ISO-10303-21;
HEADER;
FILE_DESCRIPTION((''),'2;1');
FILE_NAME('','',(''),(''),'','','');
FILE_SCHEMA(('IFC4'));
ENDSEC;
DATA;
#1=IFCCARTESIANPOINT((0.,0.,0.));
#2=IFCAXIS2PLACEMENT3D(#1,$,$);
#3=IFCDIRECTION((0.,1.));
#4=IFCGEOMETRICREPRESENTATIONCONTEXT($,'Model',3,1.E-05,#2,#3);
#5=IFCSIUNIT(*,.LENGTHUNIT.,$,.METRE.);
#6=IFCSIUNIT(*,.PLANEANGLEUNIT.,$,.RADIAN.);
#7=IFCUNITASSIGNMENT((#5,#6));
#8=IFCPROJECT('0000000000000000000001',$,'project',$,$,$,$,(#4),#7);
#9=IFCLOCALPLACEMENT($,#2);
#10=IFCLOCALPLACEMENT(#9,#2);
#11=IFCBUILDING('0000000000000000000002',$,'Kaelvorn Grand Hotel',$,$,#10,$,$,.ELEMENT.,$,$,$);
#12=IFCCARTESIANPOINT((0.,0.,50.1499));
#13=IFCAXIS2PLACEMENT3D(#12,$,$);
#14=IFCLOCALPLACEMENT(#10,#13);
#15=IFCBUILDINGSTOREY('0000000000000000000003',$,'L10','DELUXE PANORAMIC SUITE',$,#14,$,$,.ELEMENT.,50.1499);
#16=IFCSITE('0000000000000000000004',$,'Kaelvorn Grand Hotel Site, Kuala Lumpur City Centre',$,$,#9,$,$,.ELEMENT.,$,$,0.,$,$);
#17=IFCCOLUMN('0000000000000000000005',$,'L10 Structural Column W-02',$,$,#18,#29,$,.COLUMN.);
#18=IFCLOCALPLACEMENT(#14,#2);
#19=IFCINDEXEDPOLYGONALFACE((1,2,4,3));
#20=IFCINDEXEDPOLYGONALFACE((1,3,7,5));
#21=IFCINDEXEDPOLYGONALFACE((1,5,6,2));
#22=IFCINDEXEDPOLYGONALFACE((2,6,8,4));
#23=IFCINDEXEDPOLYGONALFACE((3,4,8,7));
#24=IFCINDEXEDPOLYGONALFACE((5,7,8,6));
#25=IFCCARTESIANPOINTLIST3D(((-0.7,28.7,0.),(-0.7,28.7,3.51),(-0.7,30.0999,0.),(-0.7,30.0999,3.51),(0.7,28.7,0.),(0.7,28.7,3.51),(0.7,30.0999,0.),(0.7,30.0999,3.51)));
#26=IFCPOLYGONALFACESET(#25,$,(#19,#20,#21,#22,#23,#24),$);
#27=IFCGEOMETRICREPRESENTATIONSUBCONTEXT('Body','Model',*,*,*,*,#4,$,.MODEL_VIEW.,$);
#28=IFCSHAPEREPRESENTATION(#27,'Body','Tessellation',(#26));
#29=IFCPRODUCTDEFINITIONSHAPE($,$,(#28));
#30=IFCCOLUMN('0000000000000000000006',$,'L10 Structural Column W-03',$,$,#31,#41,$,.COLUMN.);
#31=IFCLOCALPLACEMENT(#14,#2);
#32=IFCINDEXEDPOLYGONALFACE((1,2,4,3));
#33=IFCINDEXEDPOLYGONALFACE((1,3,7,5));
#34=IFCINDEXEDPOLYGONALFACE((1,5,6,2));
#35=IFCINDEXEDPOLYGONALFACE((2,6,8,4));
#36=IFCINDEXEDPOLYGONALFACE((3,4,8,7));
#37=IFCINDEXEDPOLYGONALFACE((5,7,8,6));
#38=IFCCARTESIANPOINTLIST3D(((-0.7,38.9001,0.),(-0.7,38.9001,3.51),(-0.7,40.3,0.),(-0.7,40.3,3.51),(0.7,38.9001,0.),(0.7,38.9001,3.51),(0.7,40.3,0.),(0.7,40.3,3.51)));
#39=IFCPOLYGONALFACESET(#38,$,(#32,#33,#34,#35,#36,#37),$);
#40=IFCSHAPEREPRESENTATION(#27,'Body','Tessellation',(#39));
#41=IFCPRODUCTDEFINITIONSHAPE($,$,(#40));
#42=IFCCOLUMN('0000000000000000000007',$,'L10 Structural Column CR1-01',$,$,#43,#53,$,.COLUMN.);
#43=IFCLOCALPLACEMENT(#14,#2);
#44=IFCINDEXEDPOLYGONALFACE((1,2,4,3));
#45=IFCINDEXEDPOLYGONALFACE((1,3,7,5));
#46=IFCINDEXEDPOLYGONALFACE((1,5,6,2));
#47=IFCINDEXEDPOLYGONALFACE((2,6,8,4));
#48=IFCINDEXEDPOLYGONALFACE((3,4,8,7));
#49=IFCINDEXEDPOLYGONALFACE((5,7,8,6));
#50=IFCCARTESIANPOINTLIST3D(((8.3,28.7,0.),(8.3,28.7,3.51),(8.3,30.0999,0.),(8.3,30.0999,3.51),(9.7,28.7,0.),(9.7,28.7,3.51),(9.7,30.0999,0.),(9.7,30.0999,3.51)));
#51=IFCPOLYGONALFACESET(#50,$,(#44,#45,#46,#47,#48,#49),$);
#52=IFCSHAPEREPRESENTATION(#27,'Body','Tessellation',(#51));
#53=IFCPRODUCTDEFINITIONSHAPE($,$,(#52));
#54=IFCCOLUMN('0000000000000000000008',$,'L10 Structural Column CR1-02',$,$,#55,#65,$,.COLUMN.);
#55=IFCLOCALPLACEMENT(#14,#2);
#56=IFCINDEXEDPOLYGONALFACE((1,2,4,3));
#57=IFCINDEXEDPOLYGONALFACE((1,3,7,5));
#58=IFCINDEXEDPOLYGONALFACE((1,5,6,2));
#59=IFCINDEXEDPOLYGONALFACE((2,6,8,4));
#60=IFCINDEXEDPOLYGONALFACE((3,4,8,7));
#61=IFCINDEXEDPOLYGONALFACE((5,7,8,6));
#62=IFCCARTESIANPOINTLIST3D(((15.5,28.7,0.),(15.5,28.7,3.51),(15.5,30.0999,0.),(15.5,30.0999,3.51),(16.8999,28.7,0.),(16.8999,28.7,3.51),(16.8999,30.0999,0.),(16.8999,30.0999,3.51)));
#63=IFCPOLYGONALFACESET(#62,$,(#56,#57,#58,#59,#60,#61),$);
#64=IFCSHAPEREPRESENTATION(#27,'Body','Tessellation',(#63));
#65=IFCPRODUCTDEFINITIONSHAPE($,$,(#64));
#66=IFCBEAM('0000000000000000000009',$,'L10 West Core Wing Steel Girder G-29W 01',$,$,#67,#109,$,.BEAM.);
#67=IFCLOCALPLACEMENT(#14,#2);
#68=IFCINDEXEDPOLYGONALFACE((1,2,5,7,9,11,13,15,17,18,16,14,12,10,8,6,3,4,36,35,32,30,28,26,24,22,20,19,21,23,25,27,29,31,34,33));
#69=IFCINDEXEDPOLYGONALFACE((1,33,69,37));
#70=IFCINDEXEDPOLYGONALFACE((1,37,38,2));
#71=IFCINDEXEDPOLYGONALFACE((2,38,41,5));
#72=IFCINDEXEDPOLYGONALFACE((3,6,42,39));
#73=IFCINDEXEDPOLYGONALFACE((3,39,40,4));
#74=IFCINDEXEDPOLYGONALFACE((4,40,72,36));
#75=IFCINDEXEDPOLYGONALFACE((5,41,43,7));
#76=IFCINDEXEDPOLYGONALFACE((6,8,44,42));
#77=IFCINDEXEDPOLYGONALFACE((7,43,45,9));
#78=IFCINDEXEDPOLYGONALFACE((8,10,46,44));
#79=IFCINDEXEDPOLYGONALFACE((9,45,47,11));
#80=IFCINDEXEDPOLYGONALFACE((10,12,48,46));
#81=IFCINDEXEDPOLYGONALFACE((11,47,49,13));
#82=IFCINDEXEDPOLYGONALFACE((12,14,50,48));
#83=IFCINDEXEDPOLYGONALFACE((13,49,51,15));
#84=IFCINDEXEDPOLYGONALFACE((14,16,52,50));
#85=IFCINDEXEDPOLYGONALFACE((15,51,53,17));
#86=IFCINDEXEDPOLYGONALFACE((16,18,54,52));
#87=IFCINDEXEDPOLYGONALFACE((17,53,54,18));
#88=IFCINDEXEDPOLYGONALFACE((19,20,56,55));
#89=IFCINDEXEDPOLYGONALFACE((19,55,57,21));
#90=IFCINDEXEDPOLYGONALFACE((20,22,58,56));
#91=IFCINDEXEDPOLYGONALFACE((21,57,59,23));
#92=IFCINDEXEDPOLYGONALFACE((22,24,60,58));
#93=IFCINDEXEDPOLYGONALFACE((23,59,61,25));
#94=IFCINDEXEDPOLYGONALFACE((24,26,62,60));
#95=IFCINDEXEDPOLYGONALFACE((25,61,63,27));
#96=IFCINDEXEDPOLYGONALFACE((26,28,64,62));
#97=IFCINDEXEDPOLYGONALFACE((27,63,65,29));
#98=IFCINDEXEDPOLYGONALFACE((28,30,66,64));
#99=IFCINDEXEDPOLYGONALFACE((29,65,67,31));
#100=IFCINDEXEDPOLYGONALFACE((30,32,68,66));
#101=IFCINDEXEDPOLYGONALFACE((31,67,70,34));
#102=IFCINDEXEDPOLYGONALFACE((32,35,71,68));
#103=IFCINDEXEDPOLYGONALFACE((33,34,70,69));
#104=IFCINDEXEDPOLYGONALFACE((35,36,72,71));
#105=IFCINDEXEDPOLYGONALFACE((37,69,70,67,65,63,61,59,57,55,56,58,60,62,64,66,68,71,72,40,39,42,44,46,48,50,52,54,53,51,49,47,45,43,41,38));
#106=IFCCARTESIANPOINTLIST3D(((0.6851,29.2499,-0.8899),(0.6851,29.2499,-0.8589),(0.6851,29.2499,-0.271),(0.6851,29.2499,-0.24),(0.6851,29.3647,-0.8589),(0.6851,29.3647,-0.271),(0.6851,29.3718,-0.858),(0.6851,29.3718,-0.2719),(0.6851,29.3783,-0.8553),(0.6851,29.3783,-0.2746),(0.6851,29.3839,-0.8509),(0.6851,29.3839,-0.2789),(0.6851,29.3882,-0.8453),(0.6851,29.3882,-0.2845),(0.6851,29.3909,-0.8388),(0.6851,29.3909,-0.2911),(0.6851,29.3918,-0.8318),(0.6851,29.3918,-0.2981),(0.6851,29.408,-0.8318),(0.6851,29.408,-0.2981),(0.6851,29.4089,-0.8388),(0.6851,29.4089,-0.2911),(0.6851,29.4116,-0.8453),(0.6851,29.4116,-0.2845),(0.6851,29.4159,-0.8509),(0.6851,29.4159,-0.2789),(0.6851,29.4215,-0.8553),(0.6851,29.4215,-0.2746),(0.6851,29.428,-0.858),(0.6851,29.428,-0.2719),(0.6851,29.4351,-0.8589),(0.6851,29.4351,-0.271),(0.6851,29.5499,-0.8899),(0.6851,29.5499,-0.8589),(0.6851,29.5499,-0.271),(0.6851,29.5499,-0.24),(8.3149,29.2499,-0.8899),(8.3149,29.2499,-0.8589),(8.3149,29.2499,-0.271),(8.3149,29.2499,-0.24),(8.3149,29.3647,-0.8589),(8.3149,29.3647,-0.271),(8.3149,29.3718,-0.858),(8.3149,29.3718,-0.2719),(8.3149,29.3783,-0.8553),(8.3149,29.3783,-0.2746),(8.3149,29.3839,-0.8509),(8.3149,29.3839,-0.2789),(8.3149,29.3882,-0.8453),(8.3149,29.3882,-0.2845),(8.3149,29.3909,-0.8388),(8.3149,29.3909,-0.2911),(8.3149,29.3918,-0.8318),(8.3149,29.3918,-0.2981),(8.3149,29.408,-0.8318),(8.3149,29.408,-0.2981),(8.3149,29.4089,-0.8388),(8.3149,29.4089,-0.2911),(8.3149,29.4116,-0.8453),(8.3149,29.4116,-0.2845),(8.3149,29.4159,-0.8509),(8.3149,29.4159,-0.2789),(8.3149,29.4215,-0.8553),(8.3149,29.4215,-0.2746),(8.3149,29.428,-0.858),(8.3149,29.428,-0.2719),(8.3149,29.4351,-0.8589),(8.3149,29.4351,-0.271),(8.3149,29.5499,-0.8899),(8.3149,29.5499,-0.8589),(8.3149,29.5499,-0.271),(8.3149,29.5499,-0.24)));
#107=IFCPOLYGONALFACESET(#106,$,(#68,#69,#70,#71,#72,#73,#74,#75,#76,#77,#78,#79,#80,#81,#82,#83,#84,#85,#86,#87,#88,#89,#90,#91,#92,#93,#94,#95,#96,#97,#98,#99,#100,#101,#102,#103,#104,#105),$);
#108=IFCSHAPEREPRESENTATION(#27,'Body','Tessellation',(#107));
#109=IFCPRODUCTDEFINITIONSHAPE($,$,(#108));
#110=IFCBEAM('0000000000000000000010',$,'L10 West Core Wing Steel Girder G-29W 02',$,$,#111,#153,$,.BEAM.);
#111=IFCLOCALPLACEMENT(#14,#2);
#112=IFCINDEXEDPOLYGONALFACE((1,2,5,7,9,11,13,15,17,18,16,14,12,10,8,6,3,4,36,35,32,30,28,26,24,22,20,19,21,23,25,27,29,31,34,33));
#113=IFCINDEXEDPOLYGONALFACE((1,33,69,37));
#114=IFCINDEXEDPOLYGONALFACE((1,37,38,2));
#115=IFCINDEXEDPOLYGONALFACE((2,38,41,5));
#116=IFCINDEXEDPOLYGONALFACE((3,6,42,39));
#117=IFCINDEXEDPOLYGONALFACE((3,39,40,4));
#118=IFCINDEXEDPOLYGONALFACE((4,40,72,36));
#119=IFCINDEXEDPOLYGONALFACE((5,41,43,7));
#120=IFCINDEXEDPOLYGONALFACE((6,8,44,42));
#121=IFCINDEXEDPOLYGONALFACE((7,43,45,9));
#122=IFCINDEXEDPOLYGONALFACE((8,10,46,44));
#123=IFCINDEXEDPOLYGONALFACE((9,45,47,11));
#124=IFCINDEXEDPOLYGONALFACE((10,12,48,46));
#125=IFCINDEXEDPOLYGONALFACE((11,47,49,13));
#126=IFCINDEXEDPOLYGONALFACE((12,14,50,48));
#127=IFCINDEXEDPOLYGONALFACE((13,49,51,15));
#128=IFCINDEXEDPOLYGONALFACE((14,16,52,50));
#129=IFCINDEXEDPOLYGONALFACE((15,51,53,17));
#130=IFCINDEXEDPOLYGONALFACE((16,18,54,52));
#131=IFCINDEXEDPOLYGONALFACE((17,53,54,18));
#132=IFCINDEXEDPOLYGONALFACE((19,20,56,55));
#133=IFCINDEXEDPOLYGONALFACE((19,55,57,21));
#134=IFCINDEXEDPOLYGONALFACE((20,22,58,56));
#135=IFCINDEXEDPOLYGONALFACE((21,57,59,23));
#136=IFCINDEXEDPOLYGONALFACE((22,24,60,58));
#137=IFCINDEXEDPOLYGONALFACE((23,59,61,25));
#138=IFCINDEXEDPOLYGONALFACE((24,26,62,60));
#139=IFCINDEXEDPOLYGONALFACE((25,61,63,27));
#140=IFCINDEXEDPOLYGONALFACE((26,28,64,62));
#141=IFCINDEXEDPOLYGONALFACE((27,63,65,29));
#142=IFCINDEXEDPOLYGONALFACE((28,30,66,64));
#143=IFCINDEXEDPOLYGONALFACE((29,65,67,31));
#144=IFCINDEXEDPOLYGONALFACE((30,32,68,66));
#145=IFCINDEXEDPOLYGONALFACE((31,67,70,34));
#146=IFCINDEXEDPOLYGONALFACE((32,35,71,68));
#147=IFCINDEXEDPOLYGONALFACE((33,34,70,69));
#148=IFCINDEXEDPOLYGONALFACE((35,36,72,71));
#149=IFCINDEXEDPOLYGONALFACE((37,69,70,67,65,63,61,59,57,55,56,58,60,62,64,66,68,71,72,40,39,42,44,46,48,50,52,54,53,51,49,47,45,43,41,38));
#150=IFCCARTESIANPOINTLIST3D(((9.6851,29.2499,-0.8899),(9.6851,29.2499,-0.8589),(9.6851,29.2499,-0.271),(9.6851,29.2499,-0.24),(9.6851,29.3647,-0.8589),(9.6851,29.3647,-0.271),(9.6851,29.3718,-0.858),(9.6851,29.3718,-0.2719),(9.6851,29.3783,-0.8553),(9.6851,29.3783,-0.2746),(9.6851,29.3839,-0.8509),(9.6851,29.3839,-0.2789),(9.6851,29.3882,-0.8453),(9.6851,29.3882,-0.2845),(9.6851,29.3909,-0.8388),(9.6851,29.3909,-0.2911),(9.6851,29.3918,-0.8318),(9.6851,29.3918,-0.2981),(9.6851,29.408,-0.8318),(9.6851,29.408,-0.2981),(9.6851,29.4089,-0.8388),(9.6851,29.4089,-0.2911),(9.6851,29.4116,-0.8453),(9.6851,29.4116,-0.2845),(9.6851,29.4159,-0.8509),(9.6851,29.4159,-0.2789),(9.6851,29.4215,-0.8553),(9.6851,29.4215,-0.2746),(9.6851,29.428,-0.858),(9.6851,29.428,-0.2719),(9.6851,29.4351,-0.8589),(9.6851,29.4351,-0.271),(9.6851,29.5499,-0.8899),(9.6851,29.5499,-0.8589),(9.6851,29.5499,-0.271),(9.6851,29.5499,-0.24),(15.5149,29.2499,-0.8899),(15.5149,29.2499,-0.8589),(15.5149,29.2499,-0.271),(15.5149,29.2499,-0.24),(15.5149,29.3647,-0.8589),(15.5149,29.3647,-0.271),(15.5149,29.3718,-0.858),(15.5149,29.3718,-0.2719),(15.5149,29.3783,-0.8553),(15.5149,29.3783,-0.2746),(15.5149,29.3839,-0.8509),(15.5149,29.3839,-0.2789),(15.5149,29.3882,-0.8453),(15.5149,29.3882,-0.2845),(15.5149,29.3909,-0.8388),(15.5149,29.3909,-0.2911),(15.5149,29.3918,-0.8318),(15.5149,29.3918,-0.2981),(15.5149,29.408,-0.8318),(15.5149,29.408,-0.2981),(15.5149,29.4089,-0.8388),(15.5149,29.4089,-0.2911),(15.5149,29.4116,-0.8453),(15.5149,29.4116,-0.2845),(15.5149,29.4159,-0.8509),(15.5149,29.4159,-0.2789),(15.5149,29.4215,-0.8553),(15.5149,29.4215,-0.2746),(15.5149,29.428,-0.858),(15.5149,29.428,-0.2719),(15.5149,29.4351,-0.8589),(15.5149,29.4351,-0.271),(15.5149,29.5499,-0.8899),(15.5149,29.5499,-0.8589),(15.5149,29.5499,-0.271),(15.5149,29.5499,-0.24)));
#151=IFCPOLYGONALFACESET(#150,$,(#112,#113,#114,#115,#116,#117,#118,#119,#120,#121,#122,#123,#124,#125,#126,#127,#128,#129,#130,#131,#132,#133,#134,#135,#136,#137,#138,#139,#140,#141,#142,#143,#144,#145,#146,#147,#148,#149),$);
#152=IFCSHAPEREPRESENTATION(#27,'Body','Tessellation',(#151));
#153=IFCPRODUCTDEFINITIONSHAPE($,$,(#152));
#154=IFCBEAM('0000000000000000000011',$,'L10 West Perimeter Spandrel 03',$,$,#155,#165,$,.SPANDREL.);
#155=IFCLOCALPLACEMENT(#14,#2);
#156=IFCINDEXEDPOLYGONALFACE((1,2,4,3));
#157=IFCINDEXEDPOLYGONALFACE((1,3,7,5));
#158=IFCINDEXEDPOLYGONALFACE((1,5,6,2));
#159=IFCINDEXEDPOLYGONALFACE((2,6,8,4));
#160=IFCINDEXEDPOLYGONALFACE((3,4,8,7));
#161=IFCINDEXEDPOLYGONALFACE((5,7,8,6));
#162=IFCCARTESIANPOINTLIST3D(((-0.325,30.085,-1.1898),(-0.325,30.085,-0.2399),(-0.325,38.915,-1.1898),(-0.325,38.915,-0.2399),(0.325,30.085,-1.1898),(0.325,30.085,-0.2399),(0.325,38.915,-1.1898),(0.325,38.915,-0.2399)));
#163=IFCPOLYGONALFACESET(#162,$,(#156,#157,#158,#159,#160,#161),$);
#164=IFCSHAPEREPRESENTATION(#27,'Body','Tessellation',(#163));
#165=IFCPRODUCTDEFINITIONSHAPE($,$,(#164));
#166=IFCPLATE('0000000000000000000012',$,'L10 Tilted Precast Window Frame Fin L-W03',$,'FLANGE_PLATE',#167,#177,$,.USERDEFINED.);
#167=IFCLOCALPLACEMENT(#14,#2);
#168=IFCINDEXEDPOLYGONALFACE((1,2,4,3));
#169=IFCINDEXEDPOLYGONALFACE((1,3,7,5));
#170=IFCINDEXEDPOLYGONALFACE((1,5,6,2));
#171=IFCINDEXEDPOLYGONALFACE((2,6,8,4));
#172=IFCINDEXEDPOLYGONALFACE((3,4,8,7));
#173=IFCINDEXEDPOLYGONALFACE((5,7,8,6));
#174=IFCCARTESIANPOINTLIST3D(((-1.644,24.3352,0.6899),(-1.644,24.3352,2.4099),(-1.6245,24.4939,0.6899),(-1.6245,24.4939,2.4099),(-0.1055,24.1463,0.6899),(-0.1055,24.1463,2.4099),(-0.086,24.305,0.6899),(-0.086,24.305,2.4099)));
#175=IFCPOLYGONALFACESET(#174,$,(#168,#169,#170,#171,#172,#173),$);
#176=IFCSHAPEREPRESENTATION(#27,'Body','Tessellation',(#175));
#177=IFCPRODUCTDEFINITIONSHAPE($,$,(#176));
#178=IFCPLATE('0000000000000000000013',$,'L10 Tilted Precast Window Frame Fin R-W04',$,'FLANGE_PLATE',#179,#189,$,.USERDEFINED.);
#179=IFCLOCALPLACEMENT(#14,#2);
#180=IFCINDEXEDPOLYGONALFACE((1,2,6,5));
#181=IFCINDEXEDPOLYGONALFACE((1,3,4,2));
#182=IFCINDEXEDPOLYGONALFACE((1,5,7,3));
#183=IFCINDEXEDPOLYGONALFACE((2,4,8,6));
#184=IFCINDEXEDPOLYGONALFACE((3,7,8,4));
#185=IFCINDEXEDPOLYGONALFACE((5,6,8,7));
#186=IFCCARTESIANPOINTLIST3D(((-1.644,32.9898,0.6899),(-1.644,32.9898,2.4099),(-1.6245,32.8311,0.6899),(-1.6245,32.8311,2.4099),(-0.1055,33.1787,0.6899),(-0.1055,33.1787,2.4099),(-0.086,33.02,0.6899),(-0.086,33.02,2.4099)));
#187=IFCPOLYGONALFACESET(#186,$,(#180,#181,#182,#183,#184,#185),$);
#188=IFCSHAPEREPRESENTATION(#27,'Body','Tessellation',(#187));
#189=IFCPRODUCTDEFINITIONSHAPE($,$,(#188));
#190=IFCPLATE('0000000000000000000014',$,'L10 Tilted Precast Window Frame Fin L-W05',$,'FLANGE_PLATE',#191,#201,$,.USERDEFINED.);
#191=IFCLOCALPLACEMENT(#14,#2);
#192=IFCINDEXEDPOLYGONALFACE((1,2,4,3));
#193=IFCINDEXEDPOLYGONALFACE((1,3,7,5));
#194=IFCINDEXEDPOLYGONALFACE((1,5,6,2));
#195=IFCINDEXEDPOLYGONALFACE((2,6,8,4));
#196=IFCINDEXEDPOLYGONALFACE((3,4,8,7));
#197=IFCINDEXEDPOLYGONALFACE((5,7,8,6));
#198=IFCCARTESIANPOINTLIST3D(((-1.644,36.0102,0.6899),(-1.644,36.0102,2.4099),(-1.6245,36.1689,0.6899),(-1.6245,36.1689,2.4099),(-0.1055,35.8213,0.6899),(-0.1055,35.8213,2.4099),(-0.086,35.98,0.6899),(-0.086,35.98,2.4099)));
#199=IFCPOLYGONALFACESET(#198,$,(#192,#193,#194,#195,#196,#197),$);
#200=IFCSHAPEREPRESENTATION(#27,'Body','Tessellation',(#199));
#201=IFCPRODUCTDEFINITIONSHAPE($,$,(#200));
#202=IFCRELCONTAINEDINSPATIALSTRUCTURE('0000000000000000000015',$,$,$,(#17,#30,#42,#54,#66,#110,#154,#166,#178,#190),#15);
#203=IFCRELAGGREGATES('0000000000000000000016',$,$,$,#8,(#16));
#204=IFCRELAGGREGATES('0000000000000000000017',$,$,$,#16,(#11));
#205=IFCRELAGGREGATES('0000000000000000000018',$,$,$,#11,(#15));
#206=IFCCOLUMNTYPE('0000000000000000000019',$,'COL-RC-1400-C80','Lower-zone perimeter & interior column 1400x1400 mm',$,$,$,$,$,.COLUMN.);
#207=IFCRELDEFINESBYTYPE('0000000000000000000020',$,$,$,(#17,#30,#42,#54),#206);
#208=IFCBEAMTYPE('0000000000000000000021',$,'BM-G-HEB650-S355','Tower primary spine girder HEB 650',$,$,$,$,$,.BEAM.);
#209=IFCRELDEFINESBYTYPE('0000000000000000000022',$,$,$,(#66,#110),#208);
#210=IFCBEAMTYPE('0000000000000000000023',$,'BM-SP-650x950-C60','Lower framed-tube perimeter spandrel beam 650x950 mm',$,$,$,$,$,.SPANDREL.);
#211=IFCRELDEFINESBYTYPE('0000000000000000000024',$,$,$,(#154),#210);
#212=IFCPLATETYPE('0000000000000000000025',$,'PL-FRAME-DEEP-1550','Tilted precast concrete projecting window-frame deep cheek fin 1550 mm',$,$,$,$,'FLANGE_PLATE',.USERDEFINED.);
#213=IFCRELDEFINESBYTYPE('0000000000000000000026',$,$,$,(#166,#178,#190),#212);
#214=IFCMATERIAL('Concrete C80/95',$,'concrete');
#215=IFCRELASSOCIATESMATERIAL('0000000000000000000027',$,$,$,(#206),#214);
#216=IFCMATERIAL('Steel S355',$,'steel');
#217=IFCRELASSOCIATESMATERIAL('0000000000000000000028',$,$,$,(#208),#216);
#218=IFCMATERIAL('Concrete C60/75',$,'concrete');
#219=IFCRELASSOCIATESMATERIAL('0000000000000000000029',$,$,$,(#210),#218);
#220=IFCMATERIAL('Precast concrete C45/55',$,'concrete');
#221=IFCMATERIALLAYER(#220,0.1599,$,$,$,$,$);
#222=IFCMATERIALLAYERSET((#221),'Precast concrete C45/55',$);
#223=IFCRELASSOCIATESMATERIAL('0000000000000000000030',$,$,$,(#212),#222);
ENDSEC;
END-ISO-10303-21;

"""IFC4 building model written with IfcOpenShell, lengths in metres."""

from ifc_helpers import new_model, si_unit, direction, frame, origin, origin_2d, place, context, subcontext, project, spatial, rectangle, i_section, extrude, material, layer, layer_set, material_profile, profile_set, type_object, element, save


model = new_model("IFC4")

# Units and contexts
model_context = context("Model", 3, precision=1e-05, world=origin(), true_north=direction((0.0, 1.0)))
body_context = subcontext(model_context, "Body", "Model", "MODEL_VIEW")
ifc_project = project(units=[si_unit("LENGTHUNIT", "METRE"), si_unit("PLANEANGLEUNIT", "RADIAN")], contexts=[model_context])

# Site, building, storey
site_placement = place(None, origin())
site = spatial("IfcSite", under=ifc_project, at=site_placement, Name="Kaelvorn Grand Hotel Site, Kuala Lumpur City Centre", CompositionType="ELEMENT", RefElevation=0.0)
building_placement = place(site_placement, origin())
building = spatial("IfcBuilding", under=site, at=building_placement, Name="Kaelvorn Grand Hotel", CompositionType="ELEMENT")
storey_placement = place(building_placement, frame((0.0, 0.0, 50.1499)))
storey = spatial("IfcBuildingStorey", under=building, at=storey_placement, Name="L10", Description="DELUXE PANORAMIC SUITE", CompositionType="ELEMENT", Elevation=50.1499)

# Columns
ifc_material_1 = material(Name="Concrete C80/95", Category="concrete")
ifc_material_profile_1 = material_profile(ifc_material_1, rectangle(XDim=1.3999, YDim=1.3999, at=origin_2d()), Name="RC COL 1400x1400")
ifc_profile_set_1 = profile_set([ifc_material_profile_1], Name="Concrete C80/95")
column_type = type_object("IfcColumnType", Name="COL-RC-1400-C80", Description="Lower-zone perimeter & interior column 1400x1400 mm", PredefinedType="COLUMN", material=ifc_profile_set_1)
for number, where, z_axis, x_axis, name in (
    (1, (0.0, 29.3999, 0.0), (0.0, 0.0, 1.0), (1.0, 0.0, 0.0), "L10 Structural Column W-02"),
    (2, (0.0, 39.6001, 0.0), (0.0, 0.0, 1.0), (1.0, 0.0, 0.0), "L10 Structural Column W-03"),
    (3, (9.0, 29.3999, 0.0), (0.0, 0.0, 1.0), (1.0, 0.0, 0.0), "L10 Structural Column CR1-01"),
    (4, (16.2, 29.3999, 0.0), (0.0, 0.0, 1.0), (1.0, 0.0, 0.0), "L10 Structural Column CR1-02"),
):
    element("IfcColumn", number, at=place(storey_placement, frame(where, z_axis=z_axis, x_axis=x_axis)), inside=storey, type_object=column_type, Name=name, PredefinedType="COLUMN", context=body_context, shape_type="SweptSolid", body=[
        extrude(rectangle(XDim=1.3999, YDim=1.3999, at=origin_2d()), origin(), (0.0, 0.0, 1.0), 3.51),
    ])

# Beams
ifc_material_2 = material(Name="Steel S355", Category="steel")
ifc_material_profile_2 = material_profile(ifc_material_2, i_section(OverallWidth=0.3, OverallDepth=0.6499, WebThickness=0.0161, FlangeThickness=0.031, FilletRadius=0.0271, at=origin_2d()), Name="HEB 650")
ifc_profile_set_2 = profile_set([ifc_material_profile_2], Name="Steel S355")
beam_type_1 = type_object("IfcBeamType", Name="BM-G-HEB650-S355", Description="Tower primary spine girder HEB 650", PredefinedType="BEAM", material=ifc_profile_set_2)
beam_1_placement = place(storey_placement, frame((0.6851, 29.3999, -0.5649), z_axis=(1.0, 0.0, 0.0), x_axis=(0.0, 1.0, 0.0)))
element("IfcBeam", 5, at=beam_1_placement, inside=storey, type_object=beam_type_1, Name="L10 West Core Wing Steel Girder G-29W 01", PredefinedType="BEAM", context=body_context, shape_type="SweptSolid", body=[
    extrude(i_section(OverallWidth=0.3, OverallDepth=0.6499, WebThickness=0.0161, FlangeThickness=0.031, FilletRadius=0.0271, at=origin_2d()), origin(), (0.0, 0.0, 1.0), 7.6299),
])
beam_2_placement = place(storey_placement, frame((9.6851, 29.3999, -0.5649), z_axis=(1.0, 0.0, 0.0), x_axis=(0.0, 1.0, 0.0)))
element("IfcBeam", 6, at=beam_2_placement, inside=storey, type_object=beam_type_1, Name="L10 West Core Wing Steel Girder G-29W 02", PredefinedType="BEAM", context=body_context, shape_type="SweptSolid", body=[
    extrude(i_section(OverallWidth=0.3, OverallDepth=0.6499, WebThickness=0.0161, FlangeThickness=0.031, FilletRadius=0.0271, at=origin_2d()), origin(), (0.0, 0.0, 1.0), 5.8298),
])
ifc_material_3 = material(Name="Concrete C60/75", Category="concrete")
ifc_material_profile_3 = material_profile(ifc_material_3, rectangle(XDim=0.6499, YDim=0.95, at=origin_2d()), Name="RC SPANDREL 650x950")
ifc_profile_set_3 = profile_set([ifc_material_profile_3], Name="Concrete C60/75")
beam_type_2 = type_object("IfcBeamType", Name="BM-SP-650x950-C60", Description="Lower framed-tube perimeter spandrel beam 650x950 mm", PredefinedType="SPANDREL", material=ifc_profile_set_3)
beam_3_placement = place(storey_placement, frame((0.0, 30.085, -0.7148), z_axis=(0.0, 1.0, 0.0), x_axis=(-1.0, 0.0, 0.0)))
element("IfcBeam", 7, at=beam_3_placement, inside=storey, type_object=beam_type_2, Name="L10 West Perimeter Spandrel 03", PredefinedType="SPANDREL", context=body_context, shape_type="SweptSolid", body=[
    extrude(rectangle(XDim=0.6499, YDim=0.95, at=origin_2d()), origin(), (0.0, 0.0, 1.0), 8.8301),
])

# Plates
ifc_material_4 = material(Name="Precast concrete C45/55", Category="concrete")
ifc_layer_1 = layer(ifc_material_4, 0.1599)
ifc_layer_set_1 = layer_set([ifc_layer_1], Name="Precast concrete C45/55")
plate_type_1 = type_object("IfcPlateType", Name="PL-FRAME-DEEP-1550", Description="Tilted precast concrete projecting window-frame deep cheek fin 1550 mm", ElementType="FLANGE_PLATE", PredefinedType="USERDEFINED", material=ifc_layer_set_1)
for number, where, z_axis, x_axis, name in (
    (8, (-0.865, 24.3201, 0.6899), (0.0, 0.0, 1.0), (0.121869, 0.992546, 0.0), "L10 Tilted Precast Window Frame Fin L-W03"),
    (9, (-0.865, 33.0049, 0.6899), (0.0, 0.0, 1.0), (-0.121869, 0.992546, 0.0), "L10 Tilted Precast Window Frame Fin R-W04"),
    (10, (-0.865, 35.9951, 0.6899), (0.0, 0.0, 1.0), (0.121869, 0.992546, 0.0), "L10 Tilted Precast Window Frame Fin L-W05"),
):
    element("IfcPlate", number, at=place(storey_placement, frame(where, z_axis=z_axis, x_axis=x_axis)), inside=storey, type_object=plate_type_1, Name=name, ObjectType="FLANGE_PLATE", PredefinedType="USERDEFINED", context=body_context, shape_type="SweptSolid", body=[
        extrude(rectangle(XDim=0.1599, YDim=1.55, at=origin_2d()), origin(), (0.0, 0.0, 1.0), 1.72),
    ])

save(model, "model.ifc")
